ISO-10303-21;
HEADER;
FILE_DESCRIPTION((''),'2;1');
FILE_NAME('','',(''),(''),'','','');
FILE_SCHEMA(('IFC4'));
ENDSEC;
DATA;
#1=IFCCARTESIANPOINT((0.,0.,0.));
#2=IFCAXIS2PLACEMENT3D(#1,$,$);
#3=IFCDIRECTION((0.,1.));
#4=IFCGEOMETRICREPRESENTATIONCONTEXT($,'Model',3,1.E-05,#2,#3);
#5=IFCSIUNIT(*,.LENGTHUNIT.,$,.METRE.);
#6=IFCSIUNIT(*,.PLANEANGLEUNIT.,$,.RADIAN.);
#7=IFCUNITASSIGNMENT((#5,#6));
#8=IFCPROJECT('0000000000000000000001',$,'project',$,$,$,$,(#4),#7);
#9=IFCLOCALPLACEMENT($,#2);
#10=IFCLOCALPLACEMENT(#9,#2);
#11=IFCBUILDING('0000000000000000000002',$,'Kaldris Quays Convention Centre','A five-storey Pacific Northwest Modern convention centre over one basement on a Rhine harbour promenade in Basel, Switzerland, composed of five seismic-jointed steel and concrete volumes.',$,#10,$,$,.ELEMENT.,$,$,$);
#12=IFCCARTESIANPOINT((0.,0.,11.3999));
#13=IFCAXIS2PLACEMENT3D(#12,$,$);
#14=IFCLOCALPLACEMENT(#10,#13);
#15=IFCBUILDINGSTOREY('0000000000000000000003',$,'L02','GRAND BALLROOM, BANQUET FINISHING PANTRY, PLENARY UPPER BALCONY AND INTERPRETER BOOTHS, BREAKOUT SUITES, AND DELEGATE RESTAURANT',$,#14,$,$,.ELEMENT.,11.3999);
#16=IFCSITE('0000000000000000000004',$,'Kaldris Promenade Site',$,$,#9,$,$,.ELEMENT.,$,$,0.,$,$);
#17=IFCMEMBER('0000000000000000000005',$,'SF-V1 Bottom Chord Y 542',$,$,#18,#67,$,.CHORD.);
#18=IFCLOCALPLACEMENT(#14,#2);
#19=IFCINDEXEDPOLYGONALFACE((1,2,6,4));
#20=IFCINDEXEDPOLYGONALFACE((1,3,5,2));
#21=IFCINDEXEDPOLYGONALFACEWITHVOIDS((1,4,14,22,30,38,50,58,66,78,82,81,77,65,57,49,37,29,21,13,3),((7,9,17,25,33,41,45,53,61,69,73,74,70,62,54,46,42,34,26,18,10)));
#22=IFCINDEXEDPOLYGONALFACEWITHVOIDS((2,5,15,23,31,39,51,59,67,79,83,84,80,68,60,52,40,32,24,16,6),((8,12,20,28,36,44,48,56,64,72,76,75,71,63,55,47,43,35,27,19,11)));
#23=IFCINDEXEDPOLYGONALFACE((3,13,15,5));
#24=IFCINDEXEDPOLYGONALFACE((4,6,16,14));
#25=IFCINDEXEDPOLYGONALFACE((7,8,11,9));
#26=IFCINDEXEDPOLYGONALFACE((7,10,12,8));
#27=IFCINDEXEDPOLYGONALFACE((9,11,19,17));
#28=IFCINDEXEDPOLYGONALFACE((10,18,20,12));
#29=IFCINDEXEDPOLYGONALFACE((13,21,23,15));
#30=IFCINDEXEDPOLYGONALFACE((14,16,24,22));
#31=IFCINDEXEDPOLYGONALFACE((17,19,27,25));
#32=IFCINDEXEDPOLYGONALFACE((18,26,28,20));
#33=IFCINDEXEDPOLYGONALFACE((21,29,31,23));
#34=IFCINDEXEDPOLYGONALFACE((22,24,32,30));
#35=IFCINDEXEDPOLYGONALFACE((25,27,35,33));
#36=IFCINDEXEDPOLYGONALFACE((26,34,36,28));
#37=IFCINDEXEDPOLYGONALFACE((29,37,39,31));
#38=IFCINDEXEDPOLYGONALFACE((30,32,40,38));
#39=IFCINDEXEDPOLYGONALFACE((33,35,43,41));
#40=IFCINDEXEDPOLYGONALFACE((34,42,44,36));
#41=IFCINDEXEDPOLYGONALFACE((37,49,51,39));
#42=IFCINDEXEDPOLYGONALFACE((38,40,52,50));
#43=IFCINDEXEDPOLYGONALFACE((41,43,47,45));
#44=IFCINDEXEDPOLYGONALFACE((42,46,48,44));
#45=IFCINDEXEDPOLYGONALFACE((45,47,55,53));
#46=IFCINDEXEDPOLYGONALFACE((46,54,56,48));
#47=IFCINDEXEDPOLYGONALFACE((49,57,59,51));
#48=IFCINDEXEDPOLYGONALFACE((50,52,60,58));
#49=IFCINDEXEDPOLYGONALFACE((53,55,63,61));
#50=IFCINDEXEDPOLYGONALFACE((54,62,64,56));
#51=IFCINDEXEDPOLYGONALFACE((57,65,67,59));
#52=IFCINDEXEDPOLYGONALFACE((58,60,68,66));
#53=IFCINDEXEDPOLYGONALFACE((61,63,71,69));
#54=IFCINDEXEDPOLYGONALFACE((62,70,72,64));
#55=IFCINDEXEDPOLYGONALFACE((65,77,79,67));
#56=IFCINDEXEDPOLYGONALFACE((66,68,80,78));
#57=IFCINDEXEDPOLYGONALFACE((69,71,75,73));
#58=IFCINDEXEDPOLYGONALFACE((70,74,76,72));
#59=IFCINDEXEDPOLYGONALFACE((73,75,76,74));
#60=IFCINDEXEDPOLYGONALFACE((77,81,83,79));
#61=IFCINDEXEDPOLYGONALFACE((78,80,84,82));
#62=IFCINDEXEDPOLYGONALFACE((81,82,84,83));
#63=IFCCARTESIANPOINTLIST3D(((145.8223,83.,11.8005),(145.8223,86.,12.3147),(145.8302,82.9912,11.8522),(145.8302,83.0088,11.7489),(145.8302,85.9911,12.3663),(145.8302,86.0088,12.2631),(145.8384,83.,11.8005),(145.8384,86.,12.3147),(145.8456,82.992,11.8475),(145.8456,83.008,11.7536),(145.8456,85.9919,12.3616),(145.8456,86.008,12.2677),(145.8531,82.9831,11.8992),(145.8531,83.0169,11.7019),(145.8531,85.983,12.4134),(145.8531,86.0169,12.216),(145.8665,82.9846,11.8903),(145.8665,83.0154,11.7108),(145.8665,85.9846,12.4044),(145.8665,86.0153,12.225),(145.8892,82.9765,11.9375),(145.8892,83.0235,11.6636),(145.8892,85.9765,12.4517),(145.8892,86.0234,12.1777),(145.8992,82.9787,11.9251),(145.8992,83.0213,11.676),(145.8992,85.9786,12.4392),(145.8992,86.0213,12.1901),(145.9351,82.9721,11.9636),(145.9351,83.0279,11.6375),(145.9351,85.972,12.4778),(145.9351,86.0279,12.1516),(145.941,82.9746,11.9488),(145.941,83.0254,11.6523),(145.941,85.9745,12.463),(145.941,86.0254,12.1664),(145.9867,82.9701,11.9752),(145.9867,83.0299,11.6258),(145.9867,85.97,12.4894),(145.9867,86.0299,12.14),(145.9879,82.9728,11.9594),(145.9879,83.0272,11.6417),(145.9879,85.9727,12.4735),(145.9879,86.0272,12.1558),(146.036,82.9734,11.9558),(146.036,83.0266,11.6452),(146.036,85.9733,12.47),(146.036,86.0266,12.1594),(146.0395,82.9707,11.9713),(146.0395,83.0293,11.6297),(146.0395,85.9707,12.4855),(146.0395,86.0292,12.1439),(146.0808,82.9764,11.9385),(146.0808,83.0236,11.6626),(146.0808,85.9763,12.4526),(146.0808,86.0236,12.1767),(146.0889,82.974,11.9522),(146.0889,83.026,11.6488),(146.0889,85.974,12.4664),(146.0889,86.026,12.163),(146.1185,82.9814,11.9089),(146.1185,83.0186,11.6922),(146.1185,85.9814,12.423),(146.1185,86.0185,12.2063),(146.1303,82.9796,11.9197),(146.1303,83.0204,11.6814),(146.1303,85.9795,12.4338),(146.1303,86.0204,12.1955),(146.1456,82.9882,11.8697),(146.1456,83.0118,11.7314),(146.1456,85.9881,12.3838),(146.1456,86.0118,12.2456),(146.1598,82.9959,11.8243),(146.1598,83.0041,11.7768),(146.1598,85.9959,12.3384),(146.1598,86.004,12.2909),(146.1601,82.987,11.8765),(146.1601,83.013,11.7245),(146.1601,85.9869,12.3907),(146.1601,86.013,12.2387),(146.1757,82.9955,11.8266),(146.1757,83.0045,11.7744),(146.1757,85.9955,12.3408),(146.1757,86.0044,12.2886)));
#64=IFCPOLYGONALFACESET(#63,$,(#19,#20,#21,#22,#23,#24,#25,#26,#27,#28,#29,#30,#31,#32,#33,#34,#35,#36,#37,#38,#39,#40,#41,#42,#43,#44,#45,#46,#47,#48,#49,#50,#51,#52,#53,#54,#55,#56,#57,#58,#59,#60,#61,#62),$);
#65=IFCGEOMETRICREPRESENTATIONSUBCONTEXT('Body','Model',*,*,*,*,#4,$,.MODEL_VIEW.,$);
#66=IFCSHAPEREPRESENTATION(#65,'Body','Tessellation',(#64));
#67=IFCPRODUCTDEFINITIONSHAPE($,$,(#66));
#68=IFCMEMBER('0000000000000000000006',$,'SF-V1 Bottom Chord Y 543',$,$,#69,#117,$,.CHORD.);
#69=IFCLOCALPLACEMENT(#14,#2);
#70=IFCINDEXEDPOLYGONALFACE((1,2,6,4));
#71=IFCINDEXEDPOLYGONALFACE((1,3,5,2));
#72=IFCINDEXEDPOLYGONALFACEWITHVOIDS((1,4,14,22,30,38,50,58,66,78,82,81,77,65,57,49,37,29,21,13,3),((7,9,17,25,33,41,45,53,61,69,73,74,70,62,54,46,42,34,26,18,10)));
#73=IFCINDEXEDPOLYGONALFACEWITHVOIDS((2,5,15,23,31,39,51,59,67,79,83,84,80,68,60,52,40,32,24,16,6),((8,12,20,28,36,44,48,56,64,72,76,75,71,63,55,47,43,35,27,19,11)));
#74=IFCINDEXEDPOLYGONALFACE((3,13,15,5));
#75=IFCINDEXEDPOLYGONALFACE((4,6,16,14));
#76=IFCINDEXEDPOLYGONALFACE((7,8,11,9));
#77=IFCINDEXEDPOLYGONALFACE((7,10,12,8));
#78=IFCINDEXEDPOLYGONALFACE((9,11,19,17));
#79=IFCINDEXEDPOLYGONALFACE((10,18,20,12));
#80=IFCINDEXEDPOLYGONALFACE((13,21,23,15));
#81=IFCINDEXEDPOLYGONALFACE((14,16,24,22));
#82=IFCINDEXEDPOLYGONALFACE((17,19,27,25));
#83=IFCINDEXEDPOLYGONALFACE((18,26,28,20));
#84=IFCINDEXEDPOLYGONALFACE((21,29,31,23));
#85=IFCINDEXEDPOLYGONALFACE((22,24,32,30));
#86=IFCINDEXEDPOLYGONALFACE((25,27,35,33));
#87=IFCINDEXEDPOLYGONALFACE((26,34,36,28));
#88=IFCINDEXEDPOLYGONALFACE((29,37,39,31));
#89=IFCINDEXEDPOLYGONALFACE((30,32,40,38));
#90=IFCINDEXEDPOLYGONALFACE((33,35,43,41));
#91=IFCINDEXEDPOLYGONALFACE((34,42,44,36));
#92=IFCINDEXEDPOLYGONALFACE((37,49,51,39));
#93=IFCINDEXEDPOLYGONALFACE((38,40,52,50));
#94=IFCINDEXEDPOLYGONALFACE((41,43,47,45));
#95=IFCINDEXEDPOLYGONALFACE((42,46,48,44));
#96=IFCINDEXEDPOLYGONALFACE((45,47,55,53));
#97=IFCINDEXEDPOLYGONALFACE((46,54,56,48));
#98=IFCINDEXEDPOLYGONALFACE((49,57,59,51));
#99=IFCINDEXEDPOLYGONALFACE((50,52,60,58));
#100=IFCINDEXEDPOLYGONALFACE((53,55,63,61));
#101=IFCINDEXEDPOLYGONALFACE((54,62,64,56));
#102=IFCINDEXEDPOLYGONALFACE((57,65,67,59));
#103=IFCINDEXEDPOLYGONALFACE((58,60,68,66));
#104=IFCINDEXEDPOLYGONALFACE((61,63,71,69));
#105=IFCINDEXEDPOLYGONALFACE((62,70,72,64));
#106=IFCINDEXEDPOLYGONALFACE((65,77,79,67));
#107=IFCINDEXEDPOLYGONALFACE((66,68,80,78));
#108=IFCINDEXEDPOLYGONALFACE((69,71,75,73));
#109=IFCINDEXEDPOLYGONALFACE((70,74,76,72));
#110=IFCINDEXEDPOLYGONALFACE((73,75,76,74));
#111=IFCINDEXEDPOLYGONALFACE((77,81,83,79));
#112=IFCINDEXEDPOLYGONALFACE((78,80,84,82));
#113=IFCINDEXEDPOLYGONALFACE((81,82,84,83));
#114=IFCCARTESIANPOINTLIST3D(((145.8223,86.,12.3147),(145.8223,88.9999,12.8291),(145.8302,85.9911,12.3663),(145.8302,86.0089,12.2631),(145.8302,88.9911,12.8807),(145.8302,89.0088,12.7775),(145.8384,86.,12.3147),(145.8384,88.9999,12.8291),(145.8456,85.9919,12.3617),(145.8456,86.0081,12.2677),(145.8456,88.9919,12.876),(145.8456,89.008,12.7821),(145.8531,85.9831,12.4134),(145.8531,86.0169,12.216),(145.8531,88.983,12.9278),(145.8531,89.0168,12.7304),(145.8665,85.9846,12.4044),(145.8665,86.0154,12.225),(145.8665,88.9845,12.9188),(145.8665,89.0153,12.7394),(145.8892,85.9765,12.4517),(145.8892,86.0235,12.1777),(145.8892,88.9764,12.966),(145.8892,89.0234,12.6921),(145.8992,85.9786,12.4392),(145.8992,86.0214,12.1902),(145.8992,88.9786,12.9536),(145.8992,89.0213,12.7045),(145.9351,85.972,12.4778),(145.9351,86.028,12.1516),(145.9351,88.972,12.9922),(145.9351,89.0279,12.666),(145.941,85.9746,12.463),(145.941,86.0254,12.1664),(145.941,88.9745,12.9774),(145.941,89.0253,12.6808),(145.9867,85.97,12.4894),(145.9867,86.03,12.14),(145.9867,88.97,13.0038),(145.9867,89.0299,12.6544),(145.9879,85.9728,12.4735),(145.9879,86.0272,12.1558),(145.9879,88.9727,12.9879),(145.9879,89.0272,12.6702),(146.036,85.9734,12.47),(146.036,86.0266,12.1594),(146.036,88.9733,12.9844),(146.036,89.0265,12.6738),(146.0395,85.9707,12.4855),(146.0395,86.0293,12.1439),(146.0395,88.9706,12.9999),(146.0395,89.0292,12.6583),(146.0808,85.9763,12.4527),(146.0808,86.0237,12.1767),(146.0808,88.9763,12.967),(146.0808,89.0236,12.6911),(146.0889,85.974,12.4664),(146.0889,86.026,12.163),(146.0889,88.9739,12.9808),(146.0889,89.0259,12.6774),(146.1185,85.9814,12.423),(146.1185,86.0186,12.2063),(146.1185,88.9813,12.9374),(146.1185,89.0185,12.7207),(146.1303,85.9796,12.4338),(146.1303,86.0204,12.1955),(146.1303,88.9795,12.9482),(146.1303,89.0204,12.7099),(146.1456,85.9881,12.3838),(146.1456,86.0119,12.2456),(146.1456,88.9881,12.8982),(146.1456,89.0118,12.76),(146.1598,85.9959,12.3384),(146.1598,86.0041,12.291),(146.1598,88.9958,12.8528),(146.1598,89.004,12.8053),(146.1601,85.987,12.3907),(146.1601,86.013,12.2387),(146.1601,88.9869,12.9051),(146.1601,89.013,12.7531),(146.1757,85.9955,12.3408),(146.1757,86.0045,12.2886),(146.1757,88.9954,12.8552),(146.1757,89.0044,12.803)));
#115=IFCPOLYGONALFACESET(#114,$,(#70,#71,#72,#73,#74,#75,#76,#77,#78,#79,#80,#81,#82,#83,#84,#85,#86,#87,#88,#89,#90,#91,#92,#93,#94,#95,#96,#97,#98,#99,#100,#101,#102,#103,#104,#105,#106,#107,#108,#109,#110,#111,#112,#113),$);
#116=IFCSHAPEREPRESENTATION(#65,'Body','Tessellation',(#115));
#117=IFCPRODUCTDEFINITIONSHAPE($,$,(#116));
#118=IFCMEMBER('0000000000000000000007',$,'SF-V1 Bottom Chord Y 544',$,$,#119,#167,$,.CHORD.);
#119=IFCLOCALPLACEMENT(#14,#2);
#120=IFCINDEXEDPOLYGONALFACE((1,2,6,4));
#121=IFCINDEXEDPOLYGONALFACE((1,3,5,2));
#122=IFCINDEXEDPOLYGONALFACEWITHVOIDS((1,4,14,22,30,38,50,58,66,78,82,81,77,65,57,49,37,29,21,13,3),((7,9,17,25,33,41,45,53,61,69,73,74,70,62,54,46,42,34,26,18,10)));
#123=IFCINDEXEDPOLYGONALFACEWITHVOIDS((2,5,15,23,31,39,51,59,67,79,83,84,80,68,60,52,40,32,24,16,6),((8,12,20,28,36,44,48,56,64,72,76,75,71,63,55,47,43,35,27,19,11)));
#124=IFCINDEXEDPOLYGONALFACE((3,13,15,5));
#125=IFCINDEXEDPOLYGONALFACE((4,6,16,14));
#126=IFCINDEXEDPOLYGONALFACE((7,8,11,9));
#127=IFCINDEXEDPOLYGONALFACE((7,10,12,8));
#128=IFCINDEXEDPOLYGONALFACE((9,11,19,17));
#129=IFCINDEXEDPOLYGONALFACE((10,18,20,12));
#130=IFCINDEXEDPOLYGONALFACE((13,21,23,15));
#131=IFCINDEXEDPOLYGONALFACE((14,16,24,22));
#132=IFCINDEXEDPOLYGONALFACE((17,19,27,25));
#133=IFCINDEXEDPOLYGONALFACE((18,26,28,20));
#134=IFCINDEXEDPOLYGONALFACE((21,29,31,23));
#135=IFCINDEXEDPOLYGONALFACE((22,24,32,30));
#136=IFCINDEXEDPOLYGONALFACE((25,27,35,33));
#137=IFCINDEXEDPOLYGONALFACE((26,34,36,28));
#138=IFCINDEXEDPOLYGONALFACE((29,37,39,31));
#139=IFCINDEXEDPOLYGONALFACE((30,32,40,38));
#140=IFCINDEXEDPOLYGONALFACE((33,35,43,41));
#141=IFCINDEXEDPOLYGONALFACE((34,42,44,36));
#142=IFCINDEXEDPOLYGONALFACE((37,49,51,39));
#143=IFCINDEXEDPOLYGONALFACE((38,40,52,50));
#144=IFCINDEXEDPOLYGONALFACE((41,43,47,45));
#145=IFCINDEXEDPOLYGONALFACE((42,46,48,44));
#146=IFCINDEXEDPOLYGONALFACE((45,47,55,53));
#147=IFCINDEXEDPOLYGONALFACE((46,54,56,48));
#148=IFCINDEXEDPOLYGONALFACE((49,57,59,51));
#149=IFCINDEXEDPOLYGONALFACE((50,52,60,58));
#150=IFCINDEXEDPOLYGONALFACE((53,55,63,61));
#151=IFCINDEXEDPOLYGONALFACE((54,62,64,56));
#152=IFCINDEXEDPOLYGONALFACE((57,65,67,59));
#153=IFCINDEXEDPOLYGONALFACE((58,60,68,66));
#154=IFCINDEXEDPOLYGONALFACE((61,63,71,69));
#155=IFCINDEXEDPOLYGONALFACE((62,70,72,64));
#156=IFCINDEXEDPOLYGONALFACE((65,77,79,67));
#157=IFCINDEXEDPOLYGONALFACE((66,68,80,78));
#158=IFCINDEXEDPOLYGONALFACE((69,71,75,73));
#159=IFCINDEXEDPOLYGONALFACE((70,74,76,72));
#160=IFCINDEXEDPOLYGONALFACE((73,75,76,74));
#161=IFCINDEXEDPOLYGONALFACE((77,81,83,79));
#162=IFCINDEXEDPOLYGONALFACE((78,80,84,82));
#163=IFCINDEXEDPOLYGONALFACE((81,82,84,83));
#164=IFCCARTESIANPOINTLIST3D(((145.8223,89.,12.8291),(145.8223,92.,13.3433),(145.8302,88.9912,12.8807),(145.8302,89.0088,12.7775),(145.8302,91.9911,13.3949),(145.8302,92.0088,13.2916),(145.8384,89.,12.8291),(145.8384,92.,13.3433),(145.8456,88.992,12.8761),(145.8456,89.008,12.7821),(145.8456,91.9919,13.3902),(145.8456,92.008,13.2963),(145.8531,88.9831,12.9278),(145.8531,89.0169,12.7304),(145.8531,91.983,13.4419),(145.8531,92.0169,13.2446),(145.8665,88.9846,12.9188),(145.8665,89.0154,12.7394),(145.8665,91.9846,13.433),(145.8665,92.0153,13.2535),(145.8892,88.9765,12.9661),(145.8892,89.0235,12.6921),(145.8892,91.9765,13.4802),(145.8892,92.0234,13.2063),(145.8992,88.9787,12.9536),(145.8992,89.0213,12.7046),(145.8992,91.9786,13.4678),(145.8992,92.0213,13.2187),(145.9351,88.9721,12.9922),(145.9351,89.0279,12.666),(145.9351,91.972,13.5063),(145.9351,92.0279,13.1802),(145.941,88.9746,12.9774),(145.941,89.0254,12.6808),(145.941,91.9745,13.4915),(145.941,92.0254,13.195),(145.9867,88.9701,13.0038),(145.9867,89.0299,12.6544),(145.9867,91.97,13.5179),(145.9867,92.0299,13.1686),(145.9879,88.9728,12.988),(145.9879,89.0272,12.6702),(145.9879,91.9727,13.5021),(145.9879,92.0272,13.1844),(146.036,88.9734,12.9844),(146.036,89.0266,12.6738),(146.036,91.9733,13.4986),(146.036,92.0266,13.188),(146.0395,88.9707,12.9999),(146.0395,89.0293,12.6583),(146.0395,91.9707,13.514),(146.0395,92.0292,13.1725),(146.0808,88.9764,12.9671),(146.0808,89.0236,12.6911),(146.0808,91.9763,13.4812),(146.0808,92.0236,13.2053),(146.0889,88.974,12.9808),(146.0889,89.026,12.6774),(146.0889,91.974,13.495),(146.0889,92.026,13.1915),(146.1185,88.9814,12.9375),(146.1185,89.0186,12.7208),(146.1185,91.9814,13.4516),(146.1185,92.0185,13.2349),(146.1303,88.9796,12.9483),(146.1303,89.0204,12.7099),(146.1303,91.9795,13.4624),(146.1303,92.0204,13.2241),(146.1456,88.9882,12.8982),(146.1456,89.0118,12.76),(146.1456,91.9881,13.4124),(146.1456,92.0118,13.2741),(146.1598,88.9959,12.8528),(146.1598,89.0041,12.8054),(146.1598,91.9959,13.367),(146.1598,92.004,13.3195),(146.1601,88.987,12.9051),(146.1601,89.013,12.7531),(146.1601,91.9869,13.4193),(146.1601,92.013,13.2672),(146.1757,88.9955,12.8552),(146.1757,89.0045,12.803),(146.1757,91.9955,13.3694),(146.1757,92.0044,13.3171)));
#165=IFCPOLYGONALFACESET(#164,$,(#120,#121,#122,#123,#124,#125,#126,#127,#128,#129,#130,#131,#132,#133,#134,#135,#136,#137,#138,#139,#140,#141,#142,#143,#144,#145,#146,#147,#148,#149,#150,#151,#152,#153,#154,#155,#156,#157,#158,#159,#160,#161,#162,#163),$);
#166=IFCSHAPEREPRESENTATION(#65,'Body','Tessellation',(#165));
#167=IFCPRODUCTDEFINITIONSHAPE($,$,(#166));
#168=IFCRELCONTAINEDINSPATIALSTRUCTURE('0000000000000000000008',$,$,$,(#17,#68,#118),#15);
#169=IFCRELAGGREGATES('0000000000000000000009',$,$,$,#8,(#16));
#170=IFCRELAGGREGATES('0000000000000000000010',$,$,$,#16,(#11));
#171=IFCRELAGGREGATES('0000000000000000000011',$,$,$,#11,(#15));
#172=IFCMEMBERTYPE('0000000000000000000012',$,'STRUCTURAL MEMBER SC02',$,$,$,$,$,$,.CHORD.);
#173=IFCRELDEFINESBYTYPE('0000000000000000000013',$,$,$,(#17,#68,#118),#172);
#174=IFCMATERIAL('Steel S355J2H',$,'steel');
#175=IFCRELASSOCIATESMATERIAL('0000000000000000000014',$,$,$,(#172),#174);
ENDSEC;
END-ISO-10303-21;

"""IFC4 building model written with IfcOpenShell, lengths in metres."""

from ifc_helpers import new_model, si_unit, direction, frame, origin, origin_2d, place, context, subcontext, project, spatial, hollow_circle, extrude, material, material_profile, profile_set, type_object, element, save


model = new_model("IFC4")

# Units and contexts
model_context = context("Model", 3, precision=1e-05, world=origin(), true_north=direction((0.0, 1.0)))
body_context = subcontext(model_context, "Body", "Model", "MODEL_VIEW")
ifc_project = project(units=[si_unit("LENGTHUNIT", "METRE"), si_unit("PLANEANGLEUNIT", "RADIAN")], contexts=[model_context])

# Site, building, storey
site_placement = place(None, origin())
site = spatial("IfcSite", under=ifc_project, at=site_placement, Name="Kaldris Promenade Site", CompositionType="ELEMENT", RefElevation=0.0)
building_placement = place(site_placement, origin())
building = spatial("IfcBuilding", under=site, at=building_placement, Name="Kaldris Quays Convention Centre", Description="A five-storey Pacific Northwest Modern convention centre over one basement on a Rhine harbour promenade in Basel, Switzerland, composed of five seismic-jointed steel and concrete volumes.", CompositionType="ELEMENT")
storey_placement = place(building_placement, frame((0.0, 0.0, 11.3999)))
storey = spatial("IfcBuildingStorey", under=building, at=storey_placement, Name="L02", Description="GRAND BALLROOM, BANQUET FINISHING PANTRY, PLENARY UPPER BALCONY AND INTERPRETER BOOTHS, BREAKOUT SUITES, AND DELEGATE RESTAURANT", CompositionType="ELEMENT", Elevation=11.3999)

# Members
ifc_material_1 = material(Name="Steel S355J2H", Category="steel")
ifc_material_profile_1 = material_profile(ifc_material_1, hollow_circle(Radius=0.1777, WallThickness=0.0161, at=origin_2d()), Name="CHS 355.6x16")
ifc_profile_set_1 = profile_set([ifc_material_profile_1], Name="Steel S355J2H")
member_type_1 = type_object("IfcMemberType", Name="STRUCTURAL MEMBER SC02", PredefinedType="CHORD", material=ifc_profile_set_1)
for number, where, z_axis, x_axis, name in (
    (1, (146.0, 83.0, 11.8005), (0.0, 0.985629, 0.168924), (-1.0, 0.0, 0.0), "SF-V1 Bottom Chord Y 542"),
    (2, (146.0, 86.0, 12.3147), (0.0, 0.985616, 0.169002), (-1.0, 0.0, 0.0), "SF-V1 Bottom Chord Y 543"),
    (3, (146.0, 89.0, 12.8291), (0.0, 0.985629, 0.168924), (-1.0, 0.0, 0.0), "SF-V1 Bottom Chord Y 544"),
):
    element("IfcMember", number, at=place(storey_placement, frame(where, z_axis=z_axis, x_axis=x_axis)), inside=storey, type_object=member_type_1, Name=name, PredefinedType="CHORD", context=body_context, shape_type="SweptSolid", body=[
        extrude(hollow_circle(Radius=0.1777, WallThickness=0.0161, at=origin_2d()), origin(), (0.0, 0.0, 1.0), 3.0437),
    ])

save(model, "model.ifc")
